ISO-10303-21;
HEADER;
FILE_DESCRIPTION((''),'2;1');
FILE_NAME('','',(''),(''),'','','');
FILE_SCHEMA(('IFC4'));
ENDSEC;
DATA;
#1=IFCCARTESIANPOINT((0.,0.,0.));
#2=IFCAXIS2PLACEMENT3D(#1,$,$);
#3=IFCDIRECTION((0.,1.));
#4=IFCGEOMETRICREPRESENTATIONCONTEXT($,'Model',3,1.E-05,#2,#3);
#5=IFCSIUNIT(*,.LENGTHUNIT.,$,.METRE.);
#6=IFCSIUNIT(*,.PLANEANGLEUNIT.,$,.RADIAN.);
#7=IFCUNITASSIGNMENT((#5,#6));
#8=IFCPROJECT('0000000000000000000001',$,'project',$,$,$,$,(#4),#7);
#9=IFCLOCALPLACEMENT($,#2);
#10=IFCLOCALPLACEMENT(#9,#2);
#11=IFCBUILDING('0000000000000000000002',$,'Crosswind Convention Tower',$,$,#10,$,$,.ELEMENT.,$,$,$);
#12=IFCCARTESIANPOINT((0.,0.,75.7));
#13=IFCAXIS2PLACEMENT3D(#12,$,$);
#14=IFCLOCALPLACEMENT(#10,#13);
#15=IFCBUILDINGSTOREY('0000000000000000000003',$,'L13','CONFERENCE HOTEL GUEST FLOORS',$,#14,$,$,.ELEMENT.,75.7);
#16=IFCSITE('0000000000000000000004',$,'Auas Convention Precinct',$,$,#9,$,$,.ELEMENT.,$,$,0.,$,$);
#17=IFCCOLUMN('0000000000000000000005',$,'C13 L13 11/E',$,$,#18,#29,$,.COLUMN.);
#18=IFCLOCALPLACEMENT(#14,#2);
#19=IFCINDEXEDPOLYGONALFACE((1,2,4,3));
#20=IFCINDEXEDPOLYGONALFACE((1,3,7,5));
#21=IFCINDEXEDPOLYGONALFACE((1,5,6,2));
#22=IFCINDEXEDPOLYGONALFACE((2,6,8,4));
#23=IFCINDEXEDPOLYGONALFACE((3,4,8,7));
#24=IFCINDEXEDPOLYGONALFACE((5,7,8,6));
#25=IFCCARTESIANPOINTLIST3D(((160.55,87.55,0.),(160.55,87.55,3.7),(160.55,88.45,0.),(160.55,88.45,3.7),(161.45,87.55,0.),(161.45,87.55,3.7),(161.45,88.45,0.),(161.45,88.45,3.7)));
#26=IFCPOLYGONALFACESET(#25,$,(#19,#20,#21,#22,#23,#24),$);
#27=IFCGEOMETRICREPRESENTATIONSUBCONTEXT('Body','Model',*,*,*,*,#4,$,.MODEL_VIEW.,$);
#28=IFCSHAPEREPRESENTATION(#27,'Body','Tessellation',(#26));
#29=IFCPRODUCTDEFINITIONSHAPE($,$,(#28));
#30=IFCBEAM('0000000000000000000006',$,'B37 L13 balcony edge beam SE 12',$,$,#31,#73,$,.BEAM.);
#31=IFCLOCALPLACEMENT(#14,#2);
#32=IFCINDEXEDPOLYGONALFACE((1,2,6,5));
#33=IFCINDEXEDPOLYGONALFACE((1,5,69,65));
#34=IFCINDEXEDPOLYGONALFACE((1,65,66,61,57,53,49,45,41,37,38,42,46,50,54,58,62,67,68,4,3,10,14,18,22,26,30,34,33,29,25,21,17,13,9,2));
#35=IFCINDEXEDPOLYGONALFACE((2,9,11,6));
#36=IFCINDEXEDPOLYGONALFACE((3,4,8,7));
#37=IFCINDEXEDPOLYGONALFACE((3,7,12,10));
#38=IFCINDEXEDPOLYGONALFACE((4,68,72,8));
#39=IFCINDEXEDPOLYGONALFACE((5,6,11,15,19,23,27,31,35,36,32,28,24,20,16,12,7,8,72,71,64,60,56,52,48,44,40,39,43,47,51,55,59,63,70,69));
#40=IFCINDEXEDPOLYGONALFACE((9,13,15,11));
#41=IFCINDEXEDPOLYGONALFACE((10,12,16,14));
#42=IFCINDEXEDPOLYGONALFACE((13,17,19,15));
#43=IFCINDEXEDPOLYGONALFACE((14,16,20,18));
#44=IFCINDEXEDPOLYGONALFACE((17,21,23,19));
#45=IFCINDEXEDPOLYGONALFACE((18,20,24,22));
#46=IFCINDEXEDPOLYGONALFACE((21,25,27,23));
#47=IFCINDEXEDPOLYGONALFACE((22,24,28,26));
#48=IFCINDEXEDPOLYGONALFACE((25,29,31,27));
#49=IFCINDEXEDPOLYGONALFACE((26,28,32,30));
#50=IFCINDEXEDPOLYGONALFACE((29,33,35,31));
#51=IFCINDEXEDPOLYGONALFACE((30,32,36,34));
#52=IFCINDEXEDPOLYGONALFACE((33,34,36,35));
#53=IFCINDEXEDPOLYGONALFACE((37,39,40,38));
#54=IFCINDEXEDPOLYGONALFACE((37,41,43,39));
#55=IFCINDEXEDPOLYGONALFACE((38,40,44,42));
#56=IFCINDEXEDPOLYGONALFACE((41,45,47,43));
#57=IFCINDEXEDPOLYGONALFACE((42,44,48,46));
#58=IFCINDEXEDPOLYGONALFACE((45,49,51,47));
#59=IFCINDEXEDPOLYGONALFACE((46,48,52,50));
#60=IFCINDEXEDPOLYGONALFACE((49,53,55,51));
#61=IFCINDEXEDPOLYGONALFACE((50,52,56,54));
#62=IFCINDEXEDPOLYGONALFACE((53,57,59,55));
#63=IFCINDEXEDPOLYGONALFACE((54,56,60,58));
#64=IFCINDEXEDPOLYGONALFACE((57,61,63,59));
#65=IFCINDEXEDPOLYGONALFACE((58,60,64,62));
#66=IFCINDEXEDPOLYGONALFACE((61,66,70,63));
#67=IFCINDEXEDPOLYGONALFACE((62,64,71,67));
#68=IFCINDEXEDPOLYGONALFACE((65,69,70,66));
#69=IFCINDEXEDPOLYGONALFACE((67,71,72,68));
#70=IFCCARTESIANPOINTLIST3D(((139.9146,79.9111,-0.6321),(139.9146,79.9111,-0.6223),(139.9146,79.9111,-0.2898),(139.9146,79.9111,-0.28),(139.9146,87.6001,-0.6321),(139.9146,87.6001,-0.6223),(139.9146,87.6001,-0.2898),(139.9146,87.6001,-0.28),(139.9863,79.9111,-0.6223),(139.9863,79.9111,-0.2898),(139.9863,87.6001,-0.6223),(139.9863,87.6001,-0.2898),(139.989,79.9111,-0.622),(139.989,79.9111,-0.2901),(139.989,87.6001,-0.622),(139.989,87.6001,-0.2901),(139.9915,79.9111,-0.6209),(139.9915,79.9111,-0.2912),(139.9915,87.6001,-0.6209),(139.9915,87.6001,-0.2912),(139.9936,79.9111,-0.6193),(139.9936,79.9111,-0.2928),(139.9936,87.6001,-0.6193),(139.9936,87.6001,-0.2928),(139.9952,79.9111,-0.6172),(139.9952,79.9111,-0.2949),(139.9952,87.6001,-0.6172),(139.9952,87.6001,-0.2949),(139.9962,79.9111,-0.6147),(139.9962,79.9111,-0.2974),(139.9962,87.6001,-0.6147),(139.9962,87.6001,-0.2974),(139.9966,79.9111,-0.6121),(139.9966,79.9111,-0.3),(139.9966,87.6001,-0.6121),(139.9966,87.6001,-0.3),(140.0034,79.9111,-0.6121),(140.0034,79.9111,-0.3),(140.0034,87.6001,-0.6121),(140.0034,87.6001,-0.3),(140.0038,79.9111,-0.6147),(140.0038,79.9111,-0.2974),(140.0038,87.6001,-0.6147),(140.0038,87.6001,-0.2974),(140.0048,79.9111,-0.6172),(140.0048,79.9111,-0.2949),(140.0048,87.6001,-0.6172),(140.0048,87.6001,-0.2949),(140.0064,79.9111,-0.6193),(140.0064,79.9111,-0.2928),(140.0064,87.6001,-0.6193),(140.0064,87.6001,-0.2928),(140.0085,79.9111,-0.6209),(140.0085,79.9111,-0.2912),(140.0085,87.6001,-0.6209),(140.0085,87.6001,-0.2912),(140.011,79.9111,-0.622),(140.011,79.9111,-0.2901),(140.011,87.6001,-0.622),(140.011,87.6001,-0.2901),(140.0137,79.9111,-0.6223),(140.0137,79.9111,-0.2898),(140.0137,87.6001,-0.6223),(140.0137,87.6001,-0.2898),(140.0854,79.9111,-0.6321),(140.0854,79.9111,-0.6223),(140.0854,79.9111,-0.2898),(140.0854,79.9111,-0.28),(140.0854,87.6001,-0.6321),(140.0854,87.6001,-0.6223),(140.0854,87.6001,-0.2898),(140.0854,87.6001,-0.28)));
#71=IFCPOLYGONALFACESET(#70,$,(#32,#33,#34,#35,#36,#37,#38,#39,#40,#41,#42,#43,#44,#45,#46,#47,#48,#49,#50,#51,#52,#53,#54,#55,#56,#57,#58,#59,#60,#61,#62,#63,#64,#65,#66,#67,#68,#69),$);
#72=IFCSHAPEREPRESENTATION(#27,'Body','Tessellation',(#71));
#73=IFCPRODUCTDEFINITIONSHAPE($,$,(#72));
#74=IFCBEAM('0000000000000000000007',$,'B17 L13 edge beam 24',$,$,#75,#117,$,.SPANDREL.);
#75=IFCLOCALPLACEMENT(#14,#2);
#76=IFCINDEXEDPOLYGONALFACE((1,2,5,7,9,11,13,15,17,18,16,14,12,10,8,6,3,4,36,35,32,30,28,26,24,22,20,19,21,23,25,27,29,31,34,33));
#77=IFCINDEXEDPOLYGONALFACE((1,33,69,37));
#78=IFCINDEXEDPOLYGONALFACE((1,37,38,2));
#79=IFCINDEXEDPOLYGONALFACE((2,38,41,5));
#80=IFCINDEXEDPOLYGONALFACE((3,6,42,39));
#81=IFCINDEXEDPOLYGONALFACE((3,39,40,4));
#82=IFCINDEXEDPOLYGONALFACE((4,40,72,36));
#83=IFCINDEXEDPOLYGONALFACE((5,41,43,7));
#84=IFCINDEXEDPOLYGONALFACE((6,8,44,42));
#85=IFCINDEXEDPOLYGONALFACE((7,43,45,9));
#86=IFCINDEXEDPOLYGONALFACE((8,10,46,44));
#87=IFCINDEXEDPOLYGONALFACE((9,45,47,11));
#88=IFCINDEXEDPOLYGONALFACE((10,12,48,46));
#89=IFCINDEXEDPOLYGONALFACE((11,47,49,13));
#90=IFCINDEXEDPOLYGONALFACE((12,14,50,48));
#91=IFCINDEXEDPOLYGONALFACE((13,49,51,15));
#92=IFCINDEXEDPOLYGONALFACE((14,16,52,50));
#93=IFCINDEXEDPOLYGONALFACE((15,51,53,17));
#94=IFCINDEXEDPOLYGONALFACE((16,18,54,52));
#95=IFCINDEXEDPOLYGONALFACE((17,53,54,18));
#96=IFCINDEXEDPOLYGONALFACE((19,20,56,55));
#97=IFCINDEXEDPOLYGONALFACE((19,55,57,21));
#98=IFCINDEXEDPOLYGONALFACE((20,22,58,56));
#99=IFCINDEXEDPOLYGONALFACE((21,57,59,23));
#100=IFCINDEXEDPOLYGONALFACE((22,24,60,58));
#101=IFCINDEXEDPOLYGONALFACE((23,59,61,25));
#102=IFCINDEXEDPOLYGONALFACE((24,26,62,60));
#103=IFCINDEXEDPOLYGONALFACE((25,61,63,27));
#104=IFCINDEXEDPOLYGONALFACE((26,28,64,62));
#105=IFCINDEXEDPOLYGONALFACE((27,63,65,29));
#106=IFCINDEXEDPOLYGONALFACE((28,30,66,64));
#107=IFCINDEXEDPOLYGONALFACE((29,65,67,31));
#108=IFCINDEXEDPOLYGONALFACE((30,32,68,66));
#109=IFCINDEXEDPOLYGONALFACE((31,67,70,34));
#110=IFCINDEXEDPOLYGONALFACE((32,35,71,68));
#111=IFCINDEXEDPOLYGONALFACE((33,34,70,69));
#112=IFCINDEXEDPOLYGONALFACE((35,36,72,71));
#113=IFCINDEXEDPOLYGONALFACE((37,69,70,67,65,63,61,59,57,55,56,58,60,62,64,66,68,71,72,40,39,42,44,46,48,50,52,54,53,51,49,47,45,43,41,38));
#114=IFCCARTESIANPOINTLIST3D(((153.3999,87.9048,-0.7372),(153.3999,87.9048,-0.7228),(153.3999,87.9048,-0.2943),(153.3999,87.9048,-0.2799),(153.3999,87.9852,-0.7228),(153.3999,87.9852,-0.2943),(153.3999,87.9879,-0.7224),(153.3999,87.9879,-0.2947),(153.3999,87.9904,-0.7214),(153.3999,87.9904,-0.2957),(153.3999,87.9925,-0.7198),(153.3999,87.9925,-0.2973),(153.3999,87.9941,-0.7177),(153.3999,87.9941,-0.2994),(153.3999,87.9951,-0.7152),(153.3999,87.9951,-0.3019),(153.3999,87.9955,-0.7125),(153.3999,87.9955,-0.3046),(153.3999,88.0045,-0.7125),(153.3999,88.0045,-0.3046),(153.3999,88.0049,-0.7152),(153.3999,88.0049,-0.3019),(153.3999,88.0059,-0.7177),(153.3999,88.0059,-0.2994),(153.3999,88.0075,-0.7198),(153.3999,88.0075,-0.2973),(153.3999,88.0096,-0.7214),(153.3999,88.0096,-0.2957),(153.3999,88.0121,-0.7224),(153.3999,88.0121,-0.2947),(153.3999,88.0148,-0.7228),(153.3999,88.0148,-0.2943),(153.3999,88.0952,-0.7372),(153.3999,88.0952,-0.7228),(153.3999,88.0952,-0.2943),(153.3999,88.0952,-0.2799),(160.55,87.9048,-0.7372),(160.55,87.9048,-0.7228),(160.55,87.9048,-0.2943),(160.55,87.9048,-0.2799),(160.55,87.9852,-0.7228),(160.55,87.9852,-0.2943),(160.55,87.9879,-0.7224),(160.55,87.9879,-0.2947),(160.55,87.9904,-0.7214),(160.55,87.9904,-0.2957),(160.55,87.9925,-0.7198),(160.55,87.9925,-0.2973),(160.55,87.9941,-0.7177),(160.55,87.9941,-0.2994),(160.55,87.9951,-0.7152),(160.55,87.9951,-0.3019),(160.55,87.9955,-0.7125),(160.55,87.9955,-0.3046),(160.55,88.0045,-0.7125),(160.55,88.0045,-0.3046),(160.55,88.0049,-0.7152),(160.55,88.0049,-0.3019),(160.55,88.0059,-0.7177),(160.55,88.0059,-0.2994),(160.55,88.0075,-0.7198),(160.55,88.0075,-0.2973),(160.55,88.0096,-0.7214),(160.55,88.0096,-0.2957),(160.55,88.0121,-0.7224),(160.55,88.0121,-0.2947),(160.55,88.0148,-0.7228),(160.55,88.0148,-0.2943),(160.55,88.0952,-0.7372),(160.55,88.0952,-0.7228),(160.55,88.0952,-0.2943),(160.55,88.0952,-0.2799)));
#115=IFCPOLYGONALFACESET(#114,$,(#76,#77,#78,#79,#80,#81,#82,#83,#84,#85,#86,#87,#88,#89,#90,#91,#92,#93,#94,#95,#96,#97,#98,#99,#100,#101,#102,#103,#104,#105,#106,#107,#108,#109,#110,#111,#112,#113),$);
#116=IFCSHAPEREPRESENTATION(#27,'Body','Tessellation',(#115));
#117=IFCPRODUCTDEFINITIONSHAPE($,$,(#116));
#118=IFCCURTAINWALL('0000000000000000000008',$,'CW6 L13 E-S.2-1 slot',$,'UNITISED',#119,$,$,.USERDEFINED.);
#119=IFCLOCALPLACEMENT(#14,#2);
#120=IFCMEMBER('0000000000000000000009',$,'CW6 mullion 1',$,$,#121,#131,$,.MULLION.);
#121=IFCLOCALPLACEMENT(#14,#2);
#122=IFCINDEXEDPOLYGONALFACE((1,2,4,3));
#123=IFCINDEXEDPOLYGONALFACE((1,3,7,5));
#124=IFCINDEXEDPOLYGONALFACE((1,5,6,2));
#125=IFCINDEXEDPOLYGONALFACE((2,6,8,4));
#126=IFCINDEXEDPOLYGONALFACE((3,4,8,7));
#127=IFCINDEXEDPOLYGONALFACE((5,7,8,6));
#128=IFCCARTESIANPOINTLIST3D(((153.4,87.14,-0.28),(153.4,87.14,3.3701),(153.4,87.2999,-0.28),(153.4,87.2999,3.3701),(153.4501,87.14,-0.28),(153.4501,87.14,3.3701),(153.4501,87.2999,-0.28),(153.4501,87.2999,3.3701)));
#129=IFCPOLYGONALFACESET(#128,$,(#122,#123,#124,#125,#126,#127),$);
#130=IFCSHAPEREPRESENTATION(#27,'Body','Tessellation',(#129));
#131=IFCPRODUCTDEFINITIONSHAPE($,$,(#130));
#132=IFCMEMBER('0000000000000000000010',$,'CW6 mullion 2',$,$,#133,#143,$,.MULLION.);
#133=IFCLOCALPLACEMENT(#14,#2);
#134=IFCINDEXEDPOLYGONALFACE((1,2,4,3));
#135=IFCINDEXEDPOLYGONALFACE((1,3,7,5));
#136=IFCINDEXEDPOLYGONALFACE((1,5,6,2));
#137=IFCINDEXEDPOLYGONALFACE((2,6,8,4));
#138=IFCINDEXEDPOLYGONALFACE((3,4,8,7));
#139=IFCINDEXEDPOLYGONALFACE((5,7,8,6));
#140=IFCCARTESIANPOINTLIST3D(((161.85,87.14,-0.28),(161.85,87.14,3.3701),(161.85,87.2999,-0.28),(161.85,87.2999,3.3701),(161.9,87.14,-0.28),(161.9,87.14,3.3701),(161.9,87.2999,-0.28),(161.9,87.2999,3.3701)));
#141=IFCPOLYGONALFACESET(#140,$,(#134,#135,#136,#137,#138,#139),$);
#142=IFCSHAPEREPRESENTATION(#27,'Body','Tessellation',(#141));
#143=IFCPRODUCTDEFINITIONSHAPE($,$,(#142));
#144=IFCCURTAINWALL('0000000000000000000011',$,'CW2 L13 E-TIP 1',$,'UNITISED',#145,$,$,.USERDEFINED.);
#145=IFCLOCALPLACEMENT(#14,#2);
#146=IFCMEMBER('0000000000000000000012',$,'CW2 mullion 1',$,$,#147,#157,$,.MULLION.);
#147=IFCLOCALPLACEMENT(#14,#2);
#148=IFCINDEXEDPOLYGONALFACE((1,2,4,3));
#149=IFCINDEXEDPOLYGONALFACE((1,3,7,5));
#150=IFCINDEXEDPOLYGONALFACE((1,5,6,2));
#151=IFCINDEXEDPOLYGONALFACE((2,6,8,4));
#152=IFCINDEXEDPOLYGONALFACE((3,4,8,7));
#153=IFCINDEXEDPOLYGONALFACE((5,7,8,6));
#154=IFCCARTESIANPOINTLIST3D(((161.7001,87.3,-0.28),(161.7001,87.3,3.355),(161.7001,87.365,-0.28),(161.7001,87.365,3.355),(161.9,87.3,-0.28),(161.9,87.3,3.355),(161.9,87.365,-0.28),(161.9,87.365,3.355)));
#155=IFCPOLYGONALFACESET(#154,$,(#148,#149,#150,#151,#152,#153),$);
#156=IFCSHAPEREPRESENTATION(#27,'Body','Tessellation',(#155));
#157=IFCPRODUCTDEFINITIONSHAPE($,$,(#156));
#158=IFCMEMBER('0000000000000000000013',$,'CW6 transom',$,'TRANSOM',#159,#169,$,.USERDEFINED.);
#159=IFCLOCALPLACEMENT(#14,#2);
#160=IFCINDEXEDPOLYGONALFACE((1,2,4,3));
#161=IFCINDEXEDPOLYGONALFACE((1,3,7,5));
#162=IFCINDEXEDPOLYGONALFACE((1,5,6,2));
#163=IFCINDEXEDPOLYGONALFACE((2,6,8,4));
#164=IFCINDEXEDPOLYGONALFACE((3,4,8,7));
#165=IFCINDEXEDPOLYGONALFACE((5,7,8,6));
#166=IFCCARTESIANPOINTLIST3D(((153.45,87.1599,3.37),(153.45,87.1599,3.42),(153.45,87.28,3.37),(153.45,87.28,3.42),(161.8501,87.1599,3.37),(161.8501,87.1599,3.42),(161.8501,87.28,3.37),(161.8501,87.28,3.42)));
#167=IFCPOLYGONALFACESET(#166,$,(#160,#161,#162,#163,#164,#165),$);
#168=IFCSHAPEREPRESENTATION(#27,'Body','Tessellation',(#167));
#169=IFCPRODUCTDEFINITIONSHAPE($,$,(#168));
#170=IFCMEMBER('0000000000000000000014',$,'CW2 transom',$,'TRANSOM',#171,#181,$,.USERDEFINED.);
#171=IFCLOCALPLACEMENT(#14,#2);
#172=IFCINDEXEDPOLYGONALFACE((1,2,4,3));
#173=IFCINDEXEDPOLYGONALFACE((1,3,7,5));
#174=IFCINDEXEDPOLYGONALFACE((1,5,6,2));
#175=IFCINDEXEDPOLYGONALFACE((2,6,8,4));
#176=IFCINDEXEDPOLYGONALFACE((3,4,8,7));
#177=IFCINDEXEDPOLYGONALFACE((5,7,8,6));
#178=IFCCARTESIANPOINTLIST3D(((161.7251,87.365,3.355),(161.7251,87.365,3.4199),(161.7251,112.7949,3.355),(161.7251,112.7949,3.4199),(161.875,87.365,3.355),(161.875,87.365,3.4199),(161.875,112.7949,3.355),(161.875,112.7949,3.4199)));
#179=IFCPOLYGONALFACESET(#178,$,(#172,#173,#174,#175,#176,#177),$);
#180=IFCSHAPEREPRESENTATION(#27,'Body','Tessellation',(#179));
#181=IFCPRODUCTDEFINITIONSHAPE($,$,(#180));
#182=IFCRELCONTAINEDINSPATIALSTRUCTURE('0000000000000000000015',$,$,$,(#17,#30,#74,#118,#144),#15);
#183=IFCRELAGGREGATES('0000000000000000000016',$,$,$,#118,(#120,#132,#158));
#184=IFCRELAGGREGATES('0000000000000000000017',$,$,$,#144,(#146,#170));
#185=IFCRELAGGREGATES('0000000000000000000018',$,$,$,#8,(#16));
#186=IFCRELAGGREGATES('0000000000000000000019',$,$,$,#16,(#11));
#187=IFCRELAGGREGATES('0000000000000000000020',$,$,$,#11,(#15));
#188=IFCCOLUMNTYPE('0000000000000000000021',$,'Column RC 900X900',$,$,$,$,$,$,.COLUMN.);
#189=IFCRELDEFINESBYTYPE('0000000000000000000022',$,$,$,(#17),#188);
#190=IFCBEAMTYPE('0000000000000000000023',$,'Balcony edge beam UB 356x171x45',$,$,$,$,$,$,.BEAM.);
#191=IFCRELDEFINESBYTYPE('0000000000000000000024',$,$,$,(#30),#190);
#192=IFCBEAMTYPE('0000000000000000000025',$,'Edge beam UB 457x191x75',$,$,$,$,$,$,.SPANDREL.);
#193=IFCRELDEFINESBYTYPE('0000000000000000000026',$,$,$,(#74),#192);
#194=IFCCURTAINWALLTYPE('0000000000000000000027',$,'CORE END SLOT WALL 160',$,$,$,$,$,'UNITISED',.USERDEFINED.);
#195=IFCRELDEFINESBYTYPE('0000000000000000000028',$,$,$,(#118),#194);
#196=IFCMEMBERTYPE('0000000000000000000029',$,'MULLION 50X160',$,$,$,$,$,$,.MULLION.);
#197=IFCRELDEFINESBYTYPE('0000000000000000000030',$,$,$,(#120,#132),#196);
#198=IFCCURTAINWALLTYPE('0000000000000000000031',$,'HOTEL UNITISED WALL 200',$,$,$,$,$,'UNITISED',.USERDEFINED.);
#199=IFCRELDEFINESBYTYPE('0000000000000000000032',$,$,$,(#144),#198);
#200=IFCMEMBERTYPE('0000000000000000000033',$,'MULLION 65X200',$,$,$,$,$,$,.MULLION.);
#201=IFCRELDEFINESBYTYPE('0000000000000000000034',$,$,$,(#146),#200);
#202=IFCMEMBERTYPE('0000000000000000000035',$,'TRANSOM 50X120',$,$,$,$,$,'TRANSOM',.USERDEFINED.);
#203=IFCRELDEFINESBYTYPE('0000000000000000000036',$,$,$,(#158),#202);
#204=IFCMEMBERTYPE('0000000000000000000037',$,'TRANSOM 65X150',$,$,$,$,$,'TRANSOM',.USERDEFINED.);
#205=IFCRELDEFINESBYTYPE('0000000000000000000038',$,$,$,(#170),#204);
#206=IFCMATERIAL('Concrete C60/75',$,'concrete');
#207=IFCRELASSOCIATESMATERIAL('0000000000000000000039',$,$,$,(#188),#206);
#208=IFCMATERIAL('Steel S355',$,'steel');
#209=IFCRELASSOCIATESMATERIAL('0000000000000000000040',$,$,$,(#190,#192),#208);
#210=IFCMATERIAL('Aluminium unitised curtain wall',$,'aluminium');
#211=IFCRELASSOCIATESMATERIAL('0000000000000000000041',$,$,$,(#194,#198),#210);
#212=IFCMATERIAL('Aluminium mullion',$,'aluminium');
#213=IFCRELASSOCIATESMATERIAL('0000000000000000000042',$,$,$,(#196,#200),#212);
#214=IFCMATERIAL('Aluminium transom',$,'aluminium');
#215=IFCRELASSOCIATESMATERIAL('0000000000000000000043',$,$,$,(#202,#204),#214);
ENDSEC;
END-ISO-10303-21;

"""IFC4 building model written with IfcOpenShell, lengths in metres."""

from ifc_helpers import new_model, si_unit, direction, frame, origin, origin_2d, place, context, subcontext, project, spatial, rectangle, i_section, extrude, material, material_profile, profile_set, type_object, element, aggregate, save


model = new_model("IFC4")

# Units and contexts
model_context = context("Model", 3, precision=1e-05, world=origin(), true_north=direction((0.0, 1.0)))
body_context = subcontext(model_context, "Body", "Model", "MODEL_VIEW")
ifc_project = project(units=[si_unit("LENGTHUNIT", "METRE"), si_unit("PLANEANGLEUNIT", "RADIAN")], contexts=[model_context])

# Site, building, storey
site_placement = place(None, origin())
site = spatial("IfcSite", under=ifc_project, at=site_placement, Name="Auas Convention Precinct", CompositionType="ELEMENT", RefElevation=0.0)
building_placement = place(site_placement, origin())
building = spatial("IfcBuilding", under=site, at=building_placement, Name="Crosswind Convention Tower", CompositionType="ELEMENT")
storey_placement = place(building_placement, frame((0.0, 0.0, 75.7)))
storey = spatial("IfcBuildingStorey", under=building, at=storey_placement, Name="L13", Description="CONFERENCE HOTEL GUEST FLOORS", CompositionType="ELEMENT", Elevation=75.7)

# Column
ifc_material_1 = material(Name="Concrete C60/75", Category="concrete")
ifc_material_profile_1 = material_profile(ifc_material_1, rectangle(XDim=0.8999, YDim=0.8999, at=origin_2d()), Name="RC 900X900")
ifc_profile_set_1 = profile_set([ifc_material_profile_1], Name="Concrete C60/75")
column_type = type_object("IfcColumnType", Name="Column RC 900X900", PredefinedType="COLUMN", material=ifc_profile_set_1)
column_placement = place(storey_placement, frame((161.0, 88.0, 0.0), z_axis=(0.0, 0.0, 1.0), x_axis=(1.0, 0.0, 0.0)))
element("IfcColumn", 1, at=column_placement, inside=storey, type_object=column_type, Name="C13 L13 11/E", PredefinedType="COLUMN", context=body_context, shape_type="SweptSolid", body=[
    extrude(rectangle(XDim=0.8999, YDim=0.8999, at=origin_2d()), origin(), (0.0, 0.0, 1.0), 3.7),
])

# Beams
ifc_material_2 = material(Name="Steel S355", Category="steel")
ifc_material_profile_2 = material_profile(ifc_material_2, i_section(OverallWidth=0.1709, OverallDepth=0.3521, WebThickness=0.0068, FlangeThickness=0.0098, FilletRadius=0.0103, at=origin_2d()), Name="UB 356x171x45")
ifc_profile_set_2 = profile_set([ifc_material_profile_2], Name="Steel S355")
beam_type_1 = type_object("IfcBeamType", Name="Balcony edge beam UB 356x171x45", PredefinedType="BEAM", material=ifc_profile_set_2)
beam_1_placement = place(storey_placement, frame((140.0, 87.6001, -0.4561), z_axis=(0.0, -1.0, 0.0), x_axis=(1.0, 0.0, 0.0)))
element("IfcBeam", 2, at=beam_1_placement, inside=storey, type_object=beam_type_1, Name="B37 L13 balcony edge beam SE 12", PredefinedType="BEAM", context=body_context, shape_type="SweptSolid", body=[
    extrude(i_section(OverallWidth=0.1709, OverallDepth=0.3521, WebThickness=0.0068, FlangeThickness=0.0098, FilletRadius=0.0103, at=origin_2d()), origin(), (0.0, 0.0, 1.0), 7.689),
])
ifc_material_profile_3 = material_profile(ifc_material_2, i_section(OverallWidth=0.1904, OverallDepth=0.4573, WebThickness=0.009, FlangeThickness=0.0144, FilletRadius=0.0103, at=origin_2d()), Name="UB 457x191x75")
ifc_profile_set_3 = profile_set([ifc_material_profile_3], Name="Steel S355")
beam_type_2 = type_object("IfcBeamType", Name="Edge beam UB 457x191x75", PredefinedType="SPANDREL", material=ifc_profile_set_3)
beam_2_placement = place(storey_placement, frame((153.3999, 88.0, -0.5085), z_axis=(1.0, 0.0, 0.0), x_axis=(0.0, 1.0, 0.0)))
element("IfcBeam", 3, at=beam_2_placement, inside=storey, type_object=beam_type_2, Name="B17 L13 edge beam 24", PredefinedType="SPANDREL", context=body_context, shape_type="SweptSolid", body=[
    extrude(i_section(OverallWidth=0.1904, OverallDepth=0.4573, WebThickness=0.009, FlangeThickness=0.0144, FilletRadius=0.0103, at=origin_2d()), origin(), (0.0, 0.0, 1.0), 7.1501),
])

# Curtain wall, members
ifc_material_3 = material(Name="Aluminium unitised curtain wall", Category="aluminium")
curtain_wall_type_1 = type_object("IfcCurtainWallType", Name="CORE END SLOT WALL 160", ElementType="UNITISED", PredefinedType="USERDEFINED", material=ifc_material_3)
curtain_wall_1_placement = place(storey_placement, origin())
curtain_wall_1 = element("IfcCurtainWall", 4, at=curtain_wall_1_placement, inside=storey, type_object=curtain_wall_type_1, Name="CW6 L13 E-S.2-1 slot", ObjectType="UNITISED", PredefinedType="USERDEFINED")
ifc_material_4 = material(Name="Aluminium mullion", Category="aluminium")
ifc_material_profile_4 = material_profile(ifc_material_4, rectangle(XDim=0.1599, YDim=0.05, at=origin_2d()), Name="AL 160X50")
ifc_profile_set_4 = profile_set([ifc_material_profile_4], Name="Aluminium mullion")
member_type_1 = type_object("IfcMemberType", Name="MULLION 50X160", PredefinedType="MULLION", material=ifc_profile_set_4)
member_1_placement = place(storey_placement, frame((153.425, 87.22, -0.28), z_axis=(0.0, 0.0, 1.0), x_axis=(0.0, -1.0, 0.0)))
member_1 = element("IfcMember", 5, at=member_1_placement, type_object=member_type_1, Name="CW6 mullion 1", PredefinedType="MULLION", context=body_context, shape_type="SweptSolid", body=[
    extrude(rectangle(XDim=0.1599, YDim=0.05, at=origin_2d()), origin(), (0.0, 0.0, 1.0), 3.6501),
])
member_2_placement = place(storey_placement, frame((161.875, 87.22, -0.28), z_axis=(0.0, 0.0, 1.0), x_axis=(0.0, -1.0, 0.0)))
member_2 = element("IfcMember", 6, at=member_2_placement, type_object=member_type_1, Name="CW6 mullion 2", PredefinedType="MULLION", context=body_context, shape_type="SweptSolid", body=[
    extrude(rectangle(XDim=0.1599, YDim=0.05, at=origin_2d()), origin(), (0.0, 0.0, 1.0), 3.6501),
])

# Curtain wall, member
curtain_wall_type_2 = type_object("IfcCurtainWallType", Name="HOTEL UNITISED WALL 200", ElementType="UNITISED", PredefinedType="USERDEFINED", material=ifc_material_3)
curtain_wall_2_placement = place(storey_placement, origin())
curtain_wall_2 = element("IfcCurtainWall", 7, at=curtain_wall_2_placement, inside=storey, type_object=curtain_wall_type_2, Name="CW2 L13 E-TIP 1", ObjectType="UNITISED", PredefinedType="USERDEFINED")
ifc_material_profile_5 = material_profile(ifc_material_4, rectangle(XDim=0.2, YDim=0.0649, at=origin_2d()), Name="AL 200X65")
ifc_profile_set_5 = profile_set([ifc_material_profile_5], Name="Aluminium mullion")
member_type_2 = type_object("IfcMemberType", Name="MULLION 65X200", PredefinedType="MULLION", material=ifc_profile_set_5)
member_3_placement = place(storey_placement, frame((161.8, 87.3325, -0.28), z_axis=(0.0, 0.0, 1.0), x_axis=(1.0, 0.0, 0.0)))
member_3 = element("IfcMember", 8, at=member_3_placement, type_object=member_type_2, Name="CW2 mullion 1", PredefinedType="MULLION", context=body_context, shape_type="SweptSolid", body=[
    extrude(rectangle(XDim=0.2, YDim=0.0649, at=origin_2d()), origin(), (0.0, 0.0, 1.0), 3.635),
])

# Members
ifc_material_5 = material(Name="Aluminium transom", Category="aluminium")
ifc_material_profile_6 = material_profile(ifc_material_5, rectangle(XDim=0.1201, YDim=0.05, at=origin_2d()), Name="AL 120X50")
ifc_profile_set_6 = profile_set([ifc_material_profile_6], Name="Aluminium transom")
member_type_3 = type_object("IfcMemberType", Name="TRANSOM 50X120", ElementType="TRANSOM", PredefinedType="USERDEFINED", material=ifc_profile_set_6)
member_4_placement = place(storey_placement, frame((153.45, 87.22, 3.395), z_axis=(1.0, 0.0, 0.0), x_axis=(0.0, 1.0, 0.0)))
member_4 = element("IfcMember", 9, at=member_4_placement, type_object=member_type_3, Name="CW6 transom", ObjectType="TRANSOM", PredefinedType="USERDEFINED", context=body_context, shape_type="SweptSolid", body=[
    extrude(rectangle(XDim=0.1201, YDim=0.05, at=origin_2d()), origin(), (0.0, 0.0, 1.0), 8.4001),
])
ifc_material_profile_7 = material_profile(ifc_material_5, rectangle(XDim=0.1499, YDim=0.0649, at=origin_2d()), Name="AL 150X65")
ifc_profile_set_7 = profile_set([ifc_material_profile_7], Name="Aluminium transom")
member_type_4 = type_object("IfcMemberType", Name="TRANSOM 65X150", ElementType="TRANSOM", PredefinedType="USERDEFINED", material=ifc_profile_set_7)
member_5_placement = place(storey_placement, frame((161.8, 87.365, 3.3875), z_axis=(0.0, 1.0, 0.0), x_axis=(-1.0, 0.0, 0.0)))
member_5 = element("IfcMember", 10, at=member_5_placement, type_object=member_type_4, Name="CW2 transom", ObjectType="TRANSOM", PredefinedType="USERDEFINED", context=body_context, shape_type="SweptSolid", body=[
    extrude(rectangle(XDim=0.1499, YDim=0.0649, at=origin_2d()), origin(), (0.0, 0.0, 1.0), 25.4299),
])

aggregate(curtain_wall_1, [member_1, member_2, member_4])

aggregate(curtain_wall_2, [member_3, member_5])

save(model, "model.ifc")
